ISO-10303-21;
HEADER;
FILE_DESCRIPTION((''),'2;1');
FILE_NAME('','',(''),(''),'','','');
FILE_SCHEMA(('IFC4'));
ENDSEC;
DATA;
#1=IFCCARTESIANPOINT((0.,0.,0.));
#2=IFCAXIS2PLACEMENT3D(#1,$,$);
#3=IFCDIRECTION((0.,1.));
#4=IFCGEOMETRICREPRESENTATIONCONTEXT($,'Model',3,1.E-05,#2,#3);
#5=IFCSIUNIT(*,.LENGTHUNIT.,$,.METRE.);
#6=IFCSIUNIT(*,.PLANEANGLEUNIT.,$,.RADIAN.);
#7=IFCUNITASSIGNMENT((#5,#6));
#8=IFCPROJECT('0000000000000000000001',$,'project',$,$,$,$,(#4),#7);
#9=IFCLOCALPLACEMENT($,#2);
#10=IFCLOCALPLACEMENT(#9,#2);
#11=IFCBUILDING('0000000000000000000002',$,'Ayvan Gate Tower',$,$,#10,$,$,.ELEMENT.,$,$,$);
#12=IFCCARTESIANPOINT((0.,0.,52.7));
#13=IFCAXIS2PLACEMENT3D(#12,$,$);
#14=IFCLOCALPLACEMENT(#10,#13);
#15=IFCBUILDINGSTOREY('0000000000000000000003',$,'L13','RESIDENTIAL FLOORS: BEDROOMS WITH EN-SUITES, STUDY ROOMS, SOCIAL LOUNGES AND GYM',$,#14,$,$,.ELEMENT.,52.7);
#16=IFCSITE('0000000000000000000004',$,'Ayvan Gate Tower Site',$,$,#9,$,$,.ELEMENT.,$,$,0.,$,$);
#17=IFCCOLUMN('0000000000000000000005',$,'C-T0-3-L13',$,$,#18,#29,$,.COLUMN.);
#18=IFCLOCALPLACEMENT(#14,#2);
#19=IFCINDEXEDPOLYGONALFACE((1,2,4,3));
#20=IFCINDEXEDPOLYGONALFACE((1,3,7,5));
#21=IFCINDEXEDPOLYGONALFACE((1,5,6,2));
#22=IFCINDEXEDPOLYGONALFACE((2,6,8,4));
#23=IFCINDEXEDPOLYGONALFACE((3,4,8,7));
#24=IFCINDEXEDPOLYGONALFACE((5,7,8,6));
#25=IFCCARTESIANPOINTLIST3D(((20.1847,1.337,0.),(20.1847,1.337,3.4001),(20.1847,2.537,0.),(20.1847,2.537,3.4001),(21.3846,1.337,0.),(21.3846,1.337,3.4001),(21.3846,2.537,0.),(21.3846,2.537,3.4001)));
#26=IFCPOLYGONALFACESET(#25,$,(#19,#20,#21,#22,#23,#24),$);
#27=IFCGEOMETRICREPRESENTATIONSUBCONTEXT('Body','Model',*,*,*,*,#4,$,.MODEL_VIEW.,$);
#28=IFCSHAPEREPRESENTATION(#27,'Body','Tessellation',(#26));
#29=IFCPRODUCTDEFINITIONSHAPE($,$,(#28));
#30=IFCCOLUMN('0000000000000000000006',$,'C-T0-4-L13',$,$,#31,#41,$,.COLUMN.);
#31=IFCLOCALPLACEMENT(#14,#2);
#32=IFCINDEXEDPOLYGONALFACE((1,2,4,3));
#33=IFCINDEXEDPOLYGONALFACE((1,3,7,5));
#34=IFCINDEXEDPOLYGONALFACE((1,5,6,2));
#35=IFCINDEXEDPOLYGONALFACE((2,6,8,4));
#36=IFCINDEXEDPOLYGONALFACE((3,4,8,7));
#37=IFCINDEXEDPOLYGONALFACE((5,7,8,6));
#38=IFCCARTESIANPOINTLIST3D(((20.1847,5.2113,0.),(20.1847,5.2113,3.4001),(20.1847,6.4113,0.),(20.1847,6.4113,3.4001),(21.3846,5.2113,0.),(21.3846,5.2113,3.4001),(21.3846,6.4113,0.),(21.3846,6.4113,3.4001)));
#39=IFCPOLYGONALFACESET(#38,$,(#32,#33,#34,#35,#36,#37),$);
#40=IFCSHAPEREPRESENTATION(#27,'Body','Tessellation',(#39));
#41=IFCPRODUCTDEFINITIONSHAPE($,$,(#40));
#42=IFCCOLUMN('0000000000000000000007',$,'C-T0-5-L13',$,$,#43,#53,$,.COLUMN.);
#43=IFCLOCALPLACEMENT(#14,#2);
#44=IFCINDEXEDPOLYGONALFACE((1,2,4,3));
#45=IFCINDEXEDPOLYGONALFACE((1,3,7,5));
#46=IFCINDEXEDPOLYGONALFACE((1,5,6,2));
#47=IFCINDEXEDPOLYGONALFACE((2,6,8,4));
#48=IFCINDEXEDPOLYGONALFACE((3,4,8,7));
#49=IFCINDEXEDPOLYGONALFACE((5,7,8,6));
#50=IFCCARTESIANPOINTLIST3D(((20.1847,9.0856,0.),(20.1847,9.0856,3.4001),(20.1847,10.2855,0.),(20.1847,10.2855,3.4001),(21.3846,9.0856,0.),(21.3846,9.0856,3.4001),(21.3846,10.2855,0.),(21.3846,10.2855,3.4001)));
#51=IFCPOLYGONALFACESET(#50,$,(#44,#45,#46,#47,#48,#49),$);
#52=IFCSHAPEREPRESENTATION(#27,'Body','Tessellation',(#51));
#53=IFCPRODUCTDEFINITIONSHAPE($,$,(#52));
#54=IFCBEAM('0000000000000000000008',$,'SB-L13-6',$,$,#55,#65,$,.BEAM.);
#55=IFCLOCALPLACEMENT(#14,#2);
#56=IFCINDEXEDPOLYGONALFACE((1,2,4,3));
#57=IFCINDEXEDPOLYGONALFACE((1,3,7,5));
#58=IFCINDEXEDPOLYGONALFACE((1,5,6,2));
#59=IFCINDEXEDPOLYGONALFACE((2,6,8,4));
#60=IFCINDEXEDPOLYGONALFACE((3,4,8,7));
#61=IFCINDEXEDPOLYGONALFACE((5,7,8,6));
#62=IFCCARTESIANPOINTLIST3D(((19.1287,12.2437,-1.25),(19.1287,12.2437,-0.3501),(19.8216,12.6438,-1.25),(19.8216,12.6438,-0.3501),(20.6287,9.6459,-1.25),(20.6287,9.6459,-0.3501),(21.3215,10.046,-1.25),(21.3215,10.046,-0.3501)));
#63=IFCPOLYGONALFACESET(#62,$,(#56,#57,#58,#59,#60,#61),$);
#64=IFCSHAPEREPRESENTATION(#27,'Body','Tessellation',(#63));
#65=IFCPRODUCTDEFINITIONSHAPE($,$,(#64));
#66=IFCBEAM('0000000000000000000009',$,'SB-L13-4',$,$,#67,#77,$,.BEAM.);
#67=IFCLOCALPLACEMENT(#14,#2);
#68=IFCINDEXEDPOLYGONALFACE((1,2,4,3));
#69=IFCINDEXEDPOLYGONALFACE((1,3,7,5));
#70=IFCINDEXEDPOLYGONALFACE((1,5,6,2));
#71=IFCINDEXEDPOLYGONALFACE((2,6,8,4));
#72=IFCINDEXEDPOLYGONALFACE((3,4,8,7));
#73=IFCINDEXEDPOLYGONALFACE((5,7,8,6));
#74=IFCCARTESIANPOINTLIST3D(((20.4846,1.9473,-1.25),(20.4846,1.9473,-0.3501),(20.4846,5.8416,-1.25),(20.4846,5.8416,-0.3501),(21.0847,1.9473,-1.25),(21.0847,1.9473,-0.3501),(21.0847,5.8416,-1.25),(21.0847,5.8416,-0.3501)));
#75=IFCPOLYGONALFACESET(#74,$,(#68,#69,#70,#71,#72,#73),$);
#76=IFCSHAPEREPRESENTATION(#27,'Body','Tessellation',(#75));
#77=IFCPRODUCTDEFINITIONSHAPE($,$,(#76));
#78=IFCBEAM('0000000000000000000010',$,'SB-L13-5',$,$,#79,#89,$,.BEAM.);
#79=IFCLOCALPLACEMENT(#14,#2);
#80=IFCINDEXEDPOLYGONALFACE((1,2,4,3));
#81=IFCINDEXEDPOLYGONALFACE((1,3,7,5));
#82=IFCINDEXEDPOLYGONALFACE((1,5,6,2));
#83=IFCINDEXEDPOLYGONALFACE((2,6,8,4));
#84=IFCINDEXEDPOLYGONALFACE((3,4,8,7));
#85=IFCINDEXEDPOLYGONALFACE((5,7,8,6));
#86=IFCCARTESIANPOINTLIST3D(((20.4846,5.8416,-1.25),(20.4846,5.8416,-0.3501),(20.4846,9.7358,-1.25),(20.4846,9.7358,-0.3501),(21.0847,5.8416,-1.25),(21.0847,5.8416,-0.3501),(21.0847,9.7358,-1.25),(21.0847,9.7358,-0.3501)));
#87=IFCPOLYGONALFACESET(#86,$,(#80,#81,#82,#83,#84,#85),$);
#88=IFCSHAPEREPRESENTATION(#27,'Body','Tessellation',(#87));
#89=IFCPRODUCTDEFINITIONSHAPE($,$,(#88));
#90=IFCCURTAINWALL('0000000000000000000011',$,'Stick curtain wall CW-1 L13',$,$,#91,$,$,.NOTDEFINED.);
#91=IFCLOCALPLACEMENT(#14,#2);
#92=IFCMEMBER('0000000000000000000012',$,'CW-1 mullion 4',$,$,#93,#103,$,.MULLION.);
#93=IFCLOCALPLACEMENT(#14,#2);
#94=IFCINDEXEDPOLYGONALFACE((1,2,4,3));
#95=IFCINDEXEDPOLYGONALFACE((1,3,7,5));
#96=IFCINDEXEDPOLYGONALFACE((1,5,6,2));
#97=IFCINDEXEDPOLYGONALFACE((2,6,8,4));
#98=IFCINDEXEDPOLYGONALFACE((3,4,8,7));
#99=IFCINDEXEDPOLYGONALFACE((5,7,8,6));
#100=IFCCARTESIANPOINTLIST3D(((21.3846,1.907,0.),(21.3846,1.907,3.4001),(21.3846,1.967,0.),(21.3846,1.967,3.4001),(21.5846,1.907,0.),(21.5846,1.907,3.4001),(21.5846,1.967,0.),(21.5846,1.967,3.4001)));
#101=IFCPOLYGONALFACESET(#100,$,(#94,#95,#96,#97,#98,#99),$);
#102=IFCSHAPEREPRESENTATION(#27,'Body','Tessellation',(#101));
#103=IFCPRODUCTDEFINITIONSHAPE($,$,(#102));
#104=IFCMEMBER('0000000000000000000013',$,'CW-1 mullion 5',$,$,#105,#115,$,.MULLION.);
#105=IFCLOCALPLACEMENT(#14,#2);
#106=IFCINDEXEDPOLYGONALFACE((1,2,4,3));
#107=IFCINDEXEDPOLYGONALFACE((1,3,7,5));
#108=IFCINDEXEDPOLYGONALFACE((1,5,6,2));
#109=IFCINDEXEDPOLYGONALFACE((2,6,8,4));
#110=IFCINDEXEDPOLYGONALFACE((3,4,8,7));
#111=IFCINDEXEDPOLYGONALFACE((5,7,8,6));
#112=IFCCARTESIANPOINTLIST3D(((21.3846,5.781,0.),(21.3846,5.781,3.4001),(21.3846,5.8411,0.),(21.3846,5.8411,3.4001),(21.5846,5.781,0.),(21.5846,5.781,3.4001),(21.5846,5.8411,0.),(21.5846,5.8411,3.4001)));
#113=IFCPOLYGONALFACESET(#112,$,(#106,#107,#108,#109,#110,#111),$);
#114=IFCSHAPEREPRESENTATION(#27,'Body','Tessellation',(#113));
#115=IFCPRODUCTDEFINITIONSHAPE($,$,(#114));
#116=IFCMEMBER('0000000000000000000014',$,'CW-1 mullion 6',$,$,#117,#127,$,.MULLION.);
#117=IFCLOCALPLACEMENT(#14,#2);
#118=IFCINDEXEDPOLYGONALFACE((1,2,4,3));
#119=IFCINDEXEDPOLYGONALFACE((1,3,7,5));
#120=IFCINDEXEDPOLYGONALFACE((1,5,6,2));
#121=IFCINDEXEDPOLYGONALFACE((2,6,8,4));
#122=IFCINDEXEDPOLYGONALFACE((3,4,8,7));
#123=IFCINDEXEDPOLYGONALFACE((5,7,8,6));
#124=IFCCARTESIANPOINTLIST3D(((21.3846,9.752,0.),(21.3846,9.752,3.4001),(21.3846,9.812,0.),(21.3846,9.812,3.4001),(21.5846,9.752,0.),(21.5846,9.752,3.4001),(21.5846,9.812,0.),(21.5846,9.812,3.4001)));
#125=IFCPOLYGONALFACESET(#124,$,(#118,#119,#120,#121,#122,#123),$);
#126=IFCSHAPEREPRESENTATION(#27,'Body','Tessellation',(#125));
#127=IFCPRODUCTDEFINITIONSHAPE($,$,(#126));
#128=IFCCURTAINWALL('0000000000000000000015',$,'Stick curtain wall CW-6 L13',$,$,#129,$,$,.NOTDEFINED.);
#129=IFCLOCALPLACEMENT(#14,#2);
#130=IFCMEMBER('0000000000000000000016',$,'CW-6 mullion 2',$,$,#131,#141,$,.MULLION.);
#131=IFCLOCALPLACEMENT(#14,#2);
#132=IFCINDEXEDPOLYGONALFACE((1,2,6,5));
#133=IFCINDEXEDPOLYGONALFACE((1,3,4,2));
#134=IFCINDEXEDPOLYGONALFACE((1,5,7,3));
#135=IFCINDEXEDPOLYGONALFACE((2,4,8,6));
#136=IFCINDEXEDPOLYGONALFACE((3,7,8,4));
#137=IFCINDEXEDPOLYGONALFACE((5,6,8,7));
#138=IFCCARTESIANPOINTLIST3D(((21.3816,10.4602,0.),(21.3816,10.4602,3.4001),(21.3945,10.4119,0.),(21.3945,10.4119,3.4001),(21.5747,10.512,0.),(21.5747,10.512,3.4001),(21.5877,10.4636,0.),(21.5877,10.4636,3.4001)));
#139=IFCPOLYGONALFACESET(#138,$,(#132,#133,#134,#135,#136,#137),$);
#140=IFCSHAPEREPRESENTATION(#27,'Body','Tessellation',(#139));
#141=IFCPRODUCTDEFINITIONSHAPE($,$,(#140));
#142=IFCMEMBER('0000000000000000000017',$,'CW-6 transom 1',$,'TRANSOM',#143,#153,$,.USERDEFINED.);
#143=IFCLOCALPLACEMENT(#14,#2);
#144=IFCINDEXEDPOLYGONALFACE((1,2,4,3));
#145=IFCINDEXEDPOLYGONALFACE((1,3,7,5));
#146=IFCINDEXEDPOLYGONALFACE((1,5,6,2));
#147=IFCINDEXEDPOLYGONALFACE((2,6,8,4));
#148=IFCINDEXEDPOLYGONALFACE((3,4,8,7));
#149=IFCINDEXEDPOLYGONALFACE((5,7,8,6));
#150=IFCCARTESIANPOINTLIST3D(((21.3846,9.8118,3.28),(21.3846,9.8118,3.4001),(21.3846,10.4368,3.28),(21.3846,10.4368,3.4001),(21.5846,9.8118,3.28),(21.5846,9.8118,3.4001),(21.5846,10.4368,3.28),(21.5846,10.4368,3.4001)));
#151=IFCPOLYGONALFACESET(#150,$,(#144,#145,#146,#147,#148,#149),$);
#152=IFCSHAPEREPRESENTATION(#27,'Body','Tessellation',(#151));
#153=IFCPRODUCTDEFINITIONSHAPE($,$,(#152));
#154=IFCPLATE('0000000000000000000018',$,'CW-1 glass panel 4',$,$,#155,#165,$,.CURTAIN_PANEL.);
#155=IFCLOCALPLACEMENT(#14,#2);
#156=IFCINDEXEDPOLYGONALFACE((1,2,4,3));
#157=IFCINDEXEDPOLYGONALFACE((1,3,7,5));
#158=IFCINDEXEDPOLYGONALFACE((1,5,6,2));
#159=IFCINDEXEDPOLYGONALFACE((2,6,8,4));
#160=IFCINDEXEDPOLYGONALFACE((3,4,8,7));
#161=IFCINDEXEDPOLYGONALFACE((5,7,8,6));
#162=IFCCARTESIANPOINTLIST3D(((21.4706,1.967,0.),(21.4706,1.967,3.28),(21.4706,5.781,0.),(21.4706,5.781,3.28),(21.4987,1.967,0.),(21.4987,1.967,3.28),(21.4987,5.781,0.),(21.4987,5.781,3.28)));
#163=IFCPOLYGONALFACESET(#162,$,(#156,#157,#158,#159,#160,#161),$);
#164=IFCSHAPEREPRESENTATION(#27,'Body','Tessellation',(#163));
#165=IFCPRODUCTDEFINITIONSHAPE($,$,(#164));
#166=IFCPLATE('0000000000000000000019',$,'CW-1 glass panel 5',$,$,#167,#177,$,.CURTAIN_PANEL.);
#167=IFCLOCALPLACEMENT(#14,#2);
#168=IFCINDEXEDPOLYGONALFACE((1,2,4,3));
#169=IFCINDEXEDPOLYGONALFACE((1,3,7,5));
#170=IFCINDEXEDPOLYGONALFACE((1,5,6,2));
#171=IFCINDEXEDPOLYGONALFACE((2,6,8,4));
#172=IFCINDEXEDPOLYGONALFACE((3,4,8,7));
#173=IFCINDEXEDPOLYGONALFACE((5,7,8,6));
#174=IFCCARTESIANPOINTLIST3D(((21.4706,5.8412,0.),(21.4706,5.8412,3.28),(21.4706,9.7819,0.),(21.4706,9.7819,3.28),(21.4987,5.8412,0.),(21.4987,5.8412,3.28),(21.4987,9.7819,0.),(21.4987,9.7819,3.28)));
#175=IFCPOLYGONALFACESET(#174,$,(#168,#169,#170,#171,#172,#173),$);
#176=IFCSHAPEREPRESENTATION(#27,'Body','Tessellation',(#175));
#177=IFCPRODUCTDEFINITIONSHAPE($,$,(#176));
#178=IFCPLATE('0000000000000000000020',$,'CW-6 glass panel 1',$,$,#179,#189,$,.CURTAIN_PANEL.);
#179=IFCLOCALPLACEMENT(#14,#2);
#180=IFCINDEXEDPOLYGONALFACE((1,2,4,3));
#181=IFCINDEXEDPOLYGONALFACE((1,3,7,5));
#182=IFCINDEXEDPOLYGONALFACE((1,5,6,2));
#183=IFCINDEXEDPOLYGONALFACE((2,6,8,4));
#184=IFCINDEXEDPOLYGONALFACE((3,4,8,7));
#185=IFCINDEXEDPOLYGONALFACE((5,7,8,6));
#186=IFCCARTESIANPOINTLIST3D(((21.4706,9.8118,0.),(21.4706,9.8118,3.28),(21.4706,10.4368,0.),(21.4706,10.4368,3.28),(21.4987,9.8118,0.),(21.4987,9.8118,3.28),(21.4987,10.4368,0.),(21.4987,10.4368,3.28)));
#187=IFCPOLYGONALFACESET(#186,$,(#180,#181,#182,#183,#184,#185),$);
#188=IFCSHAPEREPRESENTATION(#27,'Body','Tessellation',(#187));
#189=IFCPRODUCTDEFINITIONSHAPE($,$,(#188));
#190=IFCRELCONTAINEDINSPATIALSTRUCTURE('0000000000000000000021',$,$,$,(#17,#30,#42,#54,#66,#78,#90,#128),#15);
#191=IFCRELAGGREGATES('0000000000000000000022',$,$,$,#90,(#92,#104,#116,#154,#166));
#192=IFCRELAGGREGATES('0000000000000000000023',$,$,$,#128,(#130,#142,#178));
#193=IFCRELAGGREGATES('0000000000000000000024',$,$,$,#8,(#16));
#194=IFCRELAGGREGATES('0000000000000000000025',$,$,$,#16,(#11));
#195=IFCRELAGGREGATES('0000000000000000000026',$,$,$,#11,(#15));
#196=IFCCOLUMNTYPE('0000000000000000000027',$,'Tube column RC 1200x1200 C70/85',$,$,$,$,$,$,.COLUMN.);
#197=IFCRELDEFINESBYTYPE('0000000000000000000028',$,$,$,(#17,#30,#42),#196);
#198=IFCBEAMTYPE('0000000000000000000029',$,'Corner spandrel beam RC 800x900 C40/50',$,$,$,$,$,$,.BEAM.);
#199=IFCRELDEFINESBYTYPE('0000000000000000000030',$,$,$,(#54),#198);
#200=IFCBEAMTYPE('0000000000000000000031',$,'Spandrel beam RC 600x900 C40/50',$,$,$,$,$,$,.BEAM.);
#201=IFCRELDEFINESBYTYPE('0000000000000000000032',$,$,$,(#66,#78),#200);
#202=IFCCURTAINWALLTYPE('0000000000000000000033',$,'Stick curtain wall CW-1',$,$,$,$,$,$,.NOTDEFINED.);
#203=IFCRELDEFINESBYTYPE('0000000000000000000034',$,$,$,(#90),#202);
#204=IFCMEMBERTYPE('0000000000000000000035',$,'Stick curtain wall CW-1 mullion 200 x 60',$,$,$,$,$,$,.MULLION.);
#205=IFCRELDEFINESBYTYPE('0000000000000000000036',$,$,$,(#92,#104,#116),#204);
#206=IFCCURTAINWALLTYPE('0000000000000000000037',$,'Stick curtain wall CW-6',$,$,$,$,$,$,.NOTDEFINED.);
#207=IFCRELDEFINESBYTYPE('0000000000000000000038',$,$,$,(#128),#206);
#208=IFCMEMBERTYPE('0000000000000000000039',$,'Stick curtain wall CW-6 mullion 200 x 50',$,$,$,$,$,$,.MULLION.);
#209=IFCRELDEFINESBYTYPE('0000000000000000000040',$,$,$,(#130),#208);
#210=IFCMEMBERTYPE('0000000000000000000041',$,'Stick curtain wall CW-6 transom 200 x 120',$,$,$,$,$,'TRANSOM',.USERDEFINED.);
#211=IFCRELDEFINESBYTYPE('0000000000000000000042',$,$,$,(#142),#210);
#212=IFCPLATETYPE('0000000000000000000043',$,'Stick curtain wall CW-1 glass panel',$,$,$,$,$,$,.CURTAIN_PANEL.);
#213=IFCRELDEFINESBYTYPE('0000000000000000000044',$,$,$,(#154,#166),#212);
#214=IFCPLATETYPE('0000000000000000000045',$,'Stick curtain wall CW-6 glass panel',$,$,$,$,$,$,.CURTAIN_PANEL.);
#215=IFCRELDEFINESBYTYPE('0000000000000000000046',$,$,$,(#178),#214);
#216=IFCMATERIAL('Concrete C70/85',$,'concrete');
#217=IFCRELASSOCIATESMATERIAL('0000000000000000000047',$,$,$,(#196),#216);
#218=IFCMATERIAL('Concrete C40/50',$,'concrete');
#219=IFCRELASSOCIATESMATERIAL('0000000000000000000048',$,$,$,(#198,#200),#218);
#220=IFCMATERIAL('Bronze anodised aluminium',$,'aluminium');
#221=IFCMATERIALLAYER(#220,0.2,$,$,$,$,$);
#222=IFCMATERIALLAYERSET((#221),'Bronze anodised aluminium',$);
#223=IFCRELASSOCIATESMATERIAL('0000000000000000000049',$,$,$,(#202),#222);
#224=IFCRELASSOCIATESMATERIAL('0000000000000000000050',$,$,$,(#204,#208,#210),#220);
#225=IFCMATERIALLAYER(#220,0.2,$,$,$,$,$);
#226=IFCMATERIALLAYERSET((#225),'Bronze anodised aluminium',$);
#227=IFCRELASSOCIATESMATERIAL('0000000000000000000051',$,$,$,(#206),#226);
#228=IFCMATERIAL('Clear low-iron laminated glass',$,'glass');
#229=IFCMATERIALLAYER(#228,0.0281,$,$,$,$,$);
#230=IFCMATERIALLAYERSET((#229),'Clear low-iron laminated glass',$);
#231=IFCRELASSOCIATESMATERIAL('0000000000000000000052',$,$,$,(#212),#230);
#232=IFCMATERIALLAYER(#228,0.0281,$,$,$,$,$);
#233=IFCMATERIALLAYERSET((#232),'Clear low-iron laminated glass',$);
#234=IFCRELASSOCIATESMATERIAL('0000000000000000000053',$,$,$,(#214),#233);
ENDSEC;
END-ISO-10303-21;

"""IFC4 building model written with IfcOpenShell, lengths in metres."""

from ifc_helpers import new_model, si_unit, direction, frame, origin, origin_2d, place, context, subcontext, project, spatial, rectangle, extrude, material, layer, layer_set, material_profile, profile_set, type_object, element, aggregate, save


model = new_model("IFC4")

# Units and contexts
model_context = context("Model", 3, precision=1e-05, world=origin(), true_north=direction((0.0, 1.0)))
body_context = subcontext(model_context, "Body", "Model", "MODEL_VIEW")
ifc_project = project(units=[si_unit("LENGTHUNIT", "METRE"), si_unit("PLANEANGLEUNIT", "RADIAN")], contexts=[model_context])

# Site, building, storey
site_placement = place(None, origin())
site = spatial("IfcSite", under=ifc_project, at=site_placement, Name="Ayvan Gate Tower Site", CompositionType="ELEMENT", RefElevation=0.0)
building_placement = place(site_placement, origin())
building = spatial("IfcBuilding", under=site, at=building_placement, Name="Ayvan Gate Tower", CompositionType="ELEMENT")
storey_placement = place(building_placement, frame((0.0, 0.0, 52.7)))
storey = spatial("IfcBuildingStorey", under=building, at=storey_placement, Name="L13", Description="RESIDENTIAL FLOORS: BEDROOMS WITH EN-SUITES, STUDY ROOMS, SOCIAL LOUNGES AND GYM", CompositionType="ELEMENT", Elevation=52.7)

# Columns
ifc_material_1 = material(Name="Concrete C70/85", Category="concrete")
ifc_material_profile_1 = material_profile(ifc_material_1, rectangle(XDim=1.2, YDim=1.2, at=origin_2d()), Name="RC 1200x1200")
ifc_profile_set_1 = profile_set([ifc_material_profile_1], Name="Concrete C70/85")
column_type = type_object("IfcColumnType", Name="Tube column RC 1200x1200 C70/85", PredefinedType="COLUMN", material=ifc_profile_set_1)
for number, where, z_axis, x_axis, name in (
    (1, (20.7847, 1.937, 0.0), (0.0, 0.0, 1.0), (1.0, 0.0, 0.0), "C-T0-3-L13"),
    (2, (20.7847, 5.8113, 0.0), (0.0, 0.0, 1.0), (1.0, 0.0, 0.0), "C-T0-4-L13"),
    (3, (20.7847, 9.6855, 0.0), (0.0, 0.0, 1.0), (1.0, 0.0, 0.0), "C-T0-5-L13"),
):
    element("IfcColumn", number, at=place(storey_placement, frame(where, z_axis=z_axis, x_axis=x_axis)), inside=storey, type_object=column_type, Name=name, PredefinedType="COLUMN", context=body_context, shape_type="SweptSolid", body=[
        extrude(rectangle(XDim=1.2, YDim=1.2, at=origin_2d()), origin(), (0.0, 0.0, 1.0), 3.4001),
    ])

# Beams
ifc_material_2 = material(Name="Concrete C40/50", Category="concrete")
ifc_material_profile_2 = material_profile(ifc_material_2, rectangle(XDim=0.8, YDim=0.8999, at=origin_2d()), Name="RC 800x900")
ifc_profile_set_2 = profile_set([ifc_material_profile_2], Name="Concrete C40/50")
beam_type_1 = type_object("IfcBeamType", Name="Corner spandrel beam RC 800x900 C40/50", PredefinedType="BEAM", material=ifc_profile_set_2)
beam_placement = place(storey_placement, frame((20.9751, 9.8459, -0.8), z_axis=(-0.500025, 0.866011, 0.0), x_axis=(-0.866011, -0.500025, 0.0)))
element("IfcBeam", 4, at=beam_placement, inside=storey, type_object=beam_type_1, Name="SB-L13-6", PredefinedType="BEAM", context=body_context, shape_type="SweptSolid", body=[
    extrude(rectangle(XDim=0.8, YDim=0.8999, at=origin_2d()), origin(), (0.0, 0.0, 1.0), 2.9998),
])
ifc_material_profile_3 = material_profile(ifc_material_2, rectangle(XDim=0.6001, YDim=0.8999, at=origin_2d()), Name="RC 600x900")
ifc_profile_set_3 = profile_set([ifc_material_profile_3], Name="Concrete C40/50")
beam_type_2 = type_object("IfcBeamType", Name="Spandrel beam RC 600x900 C40/50", PredefinedType="BEAM", material=ifc_profile_set_3)
for number, where, z_axis, x_axis, name in (
    (5, (20.7847, 1.9473, -0.8), (0.0, 1.0, 0.0), (-1.0, 0.0, 0.0), "SB-L13-4"),
    (6, (20.7847, 5.8416, -0.8), (0.0, 1.0, 0.0), (-1.0, 0.0, 0.0), "SB-L13-5"),
):
    element("IfcBeam", number, at=place(storey_placement, frame(where, z_axis=z_axis, x_axis=x_axis)), inside=storey, type_object=beam_type_2, Name=name, PredefinedType="BEAM", context=body_context, shape_type="SweptSolid", body=[
        extrude(rectangle(XDim=0.6001, YDim=0.8999, at=origin_2d()), origin(), (0.0, 0.0, 1.0), 3.8943),
    ])

# Curtain walls, members
ifc_material_3 = material(Name="Bronze anodised aluminium", Category="aluminium")
ifc_layer_1 = layer(ifc_material_3, 0.2)
ifc_layer_set_1 = layer_set([ifc_layer_1], Name="Bronze anodised aluminium")
curtain_wall_type_1 = type_object("IfcCurtainWallType", Name="Stick curtain wall CW-1", PredefinedType="NOTDEFINED", material=ifc_layer_set_1)
curtain_wall_1_placement = place(storey_placement, origin())
curtain_wall_1 = element("IfcCurtainWall", 7, at=curtain_wall_1_placement, inside=storey, type_object=curtain_wall_type_1, Name="Stick curtain wall CW-1 L13", PredefinedType="NOTDEFINED")
ifc_material_profile_4 = material_profile(ifc_material_3, rectangle(XDim=0.2, YDim=0.0601, at=origin_2d()), Name="Stick curtain wall CW-1 mullion 200 x 60")
ifc_profile_set_4 = profile_set([ifc_material_profile_4], Name="Bronze anodised aluminium")
member_type_1 = type_object("IfcMemberType", Name="Stick curtain wall CW-1 mullion 200 x 60", PredefinedType="MULLION", material=ifc_profile_set_4)
member_1_placement = place(storey_placement, frame((21.4846, 1.937, 0.0), z_axis=(0.0, 0.0, 1.0), x_axis=(1.0, 0.0, 0.0)))
member_1 = element("IfcMember", 8, at=member_1_placement, type_object=member_type_1, Name="CW-1 mullion 4", PredefinedType="MULLION", context=body_context, shape_type="SweptSolid", body=[
    extrude(rectangle(XDim=0.2, YDim=0.0601, at=origin_2d()), origin(), (0.0, 0.0, 1.0), 3.4001),
])
member_2_placement = place(storey_placement, frame((21.4846, 5.811, 0.0), z_axis=(0.0, 0.0, 1.0), x_axis=(1.0, 0.0, 0.0)))
member_2 = element("IfcMember", 9, at=member_2_placement, type_object=member_type_1, Name="CW-1 mullion 5", PredefinedType="MULLION", context=body_context, shape_type="SweptSolid", body=[
    extrude(rectangle(XDim=0.2, YDim=0.0601, at=origin_2d()), origin(), (0.0, 0.0, 1.0), 3.4001),
])
member_3_placement = place(storey_placement, frame((21.4846, 9.782, 0.0), z_axis=(0.0, 0.0, 1.0), x_axis=(1.0, 0.0, 0.0)))
member_3 = element("IfcMember", 10, at=member_3_placement, type_object=member_type_1, Name="CW-1 mullion 6", PredefinedType="MULLION", context=body_context, shape_type="SweptSolid", body=[
    extrude(rectangle(XDim=0.2, YDim=0.0601, at=origin_2d()), origin(), (0.0, 0.0, 1.0), 3.4001),
])
ifc_layer_2 = layer(ifc_material_3, 0.2)
ifc_layer_set_2 = layer_set([ifc_layer_2], Name="Bronze anodised aluminium")
curtain_wall_type_2 = type_object("IfcCurtainWallType", Name="Stick curtain wall CW-6", PredefinedType="NOTDEFINED", material=ifc_layer_set_2)
curtain_wall_2_placement = place(storey_placement, origin())
curtain_wall_2 = element("IfcCurtainWall", 11, at=curtain_wall_2_placement, inside=storey, type_object=curtain_wall_type_2, Name="Stick curtain wall CW-6 L13", PredefinedType="NOTDEFINED")
ifc_material_profile_5 = material_profile(ifc_material_3, rectangle(XDim=0.2, YDim=0.05, at=origin_2d()), Name="Stick curtain wall CW-6 mullion 200 x 50")
ifc_profile_set_5 = profile_set([ifc_material_profile_5], Name="Bronze anodised aluminium")
member_type_2 = type_object("IfcMemberType", Name="Stick curtain wall CW-6 mullion 200 x 50", PredefinedType="MULLION", material=ifc_profile_set_5)
member_4_placement = place(storey_placement, frame((21.4846, 10.4619, 0.0), z_axis=(0.0, 0.0, 1.0), x_axis=(0.965926, 0.258819, 0.0)))
member_4 = element("IfcMember", 12, at=member_4_placement, type_object=member_type_2, Name="CW-6 mullion 2", PredefinedType="MULLION", context=body_context, shape_type="SweptSolid", body=[
    extrude(rectangle(XDim=0.2, YDim=0.05, at=origin_2d()), origin(), (0.0, 0.0, 1.0), 3.4001),
])
ifc_material_profile_6 = material_profile(ifc_material_3, rectangle(XDim=0.2, YDim=0.1201, at=origin_2d()), Name="Stick curtain wall CW-6 transom 200 x 120")
ifc_profile_set_6 = profile_set([ifc_material_profile_6], Name="Bronze anodised aluminium")
member_type_3 = type_object("IfcMemberType", Name="Stick curtain wall CW-6 transom 200 x 120", ElementType="TRANSOM", PredefinedType="USERDEFINED", material=ifc_profile_set_6)
member_5_placement = place(storey_placement, frame((21.4846, 9.8118, 3.3401), z_axis=(0.0, 1.0, 0.0), x_axis=(-1.0, 0.0, 0.0)))
member_5 = element("IfcMember", 13, at=member_5_placement, type_object=member_type_3, Name="CW-6 transom 1", ObjectType="TRANSOM", PredefinedType="USERDEFINED", context=body_context, shape_type="SweptSolid", body=[
    extrude(rectangle(XDim=0.2, YDim=0.1201, at=origin_2d()), origin(), (0.0, 0.0, 1.0), 0.625),
])

# Plates
ifc_material_4 = material(Name="Clear low-iron laminated glass", Category="glass")
ifc_layer_3 = layer(ifc_material_4, 0.0281)
ifc_layer_set_3 = layer_set([ifc_layer_3], Name="Clear low-iron laminated glass")
plate_type_1 = type_object("IfcPlateType", Name="Stick curtain wall CW-1 glass panel", PredefinedType="CURTAIN_PANEL", material=ifc_layer_set_3)
plate_1_placement = place(storey_placement, frame((21.4846, 3.874, 0.0), z_axis=(0.0, 0.0, 1.0), x_axis=(0.0, 1.0, 0.0)))
plate_1 = element("IfcPlate", 14, at=plate_1_placement, type_object=plate_type_1, Name="CW-1 glass panel 4", PredefinedType="CURTAIN_PANEL", context=body_context, shape_type="SweptSolid", body=[
    extrude(rectangle(XDim=3.814, YDim=0.0281, at=origin_2d()), origin(), (0.0, 0.0, 1.0), 3.28),
])
plate_2_placement = place(storey_placement, frame((21.4846, 7.8115, 0.0), z_axis=(0.0, 0.0, 1.0), x_axis=(0.0, 1.0, 0.0)))
plate_2 = element("IfcPlate", 15, at=plate_2_placement, type_object=plate_type_1, Name="CW-1 glass panel 5", PredefinedType="CURTAIN_PANEL", context=body_context, shape_type="SweptSolid", body=[
    extrude(rectangle(XDim=3.9407, YDim=0.0281, at=origin_2d()), origin(), (0.0, 0.0, 1.0), 3.28),
])
aggregate(curtain_wall_1, [member_1, member_2, member_3, plate_1, plate_2])
ifc_layer_4 = layer(ifc_material_4, 0.0281)
ifc_layer_set_4 = layer_set([ifc_layer_4], Name="Clear low-iron laminated glass")
plate_type_2 = type_object("IfcPlateType", Name="Stick curtain wall CW-6 glass panel", PredefinedType="CURTAIN_PANEL", material=ifc_layer_set_4)
plate_3_placement = place(storey_placement, frame((21.4846, 10.1243, 0.0), z_axis=(0.0, 0.0, 1.0), x_axis=(0.0, 1.0, 0.0)))
plate_3 = element("IfcPlate", 16, at=plate_3_placement, type_object=plate_type_2, Name="CW-6 glass panel 1", PredefinedType="CURTAIN_PANEL", context=body_context, shape_type="SweptSolid", body=[
    extrude(rectangle(XDim=0.625, YDim=0.0281, at=origin_2d()), origin(), (0.0, 0.0, 1.0), 3.28),
])
aggregate(curtain_wall_2, [member_4, member_5, plate_3])

save(model, "model.ifc")
